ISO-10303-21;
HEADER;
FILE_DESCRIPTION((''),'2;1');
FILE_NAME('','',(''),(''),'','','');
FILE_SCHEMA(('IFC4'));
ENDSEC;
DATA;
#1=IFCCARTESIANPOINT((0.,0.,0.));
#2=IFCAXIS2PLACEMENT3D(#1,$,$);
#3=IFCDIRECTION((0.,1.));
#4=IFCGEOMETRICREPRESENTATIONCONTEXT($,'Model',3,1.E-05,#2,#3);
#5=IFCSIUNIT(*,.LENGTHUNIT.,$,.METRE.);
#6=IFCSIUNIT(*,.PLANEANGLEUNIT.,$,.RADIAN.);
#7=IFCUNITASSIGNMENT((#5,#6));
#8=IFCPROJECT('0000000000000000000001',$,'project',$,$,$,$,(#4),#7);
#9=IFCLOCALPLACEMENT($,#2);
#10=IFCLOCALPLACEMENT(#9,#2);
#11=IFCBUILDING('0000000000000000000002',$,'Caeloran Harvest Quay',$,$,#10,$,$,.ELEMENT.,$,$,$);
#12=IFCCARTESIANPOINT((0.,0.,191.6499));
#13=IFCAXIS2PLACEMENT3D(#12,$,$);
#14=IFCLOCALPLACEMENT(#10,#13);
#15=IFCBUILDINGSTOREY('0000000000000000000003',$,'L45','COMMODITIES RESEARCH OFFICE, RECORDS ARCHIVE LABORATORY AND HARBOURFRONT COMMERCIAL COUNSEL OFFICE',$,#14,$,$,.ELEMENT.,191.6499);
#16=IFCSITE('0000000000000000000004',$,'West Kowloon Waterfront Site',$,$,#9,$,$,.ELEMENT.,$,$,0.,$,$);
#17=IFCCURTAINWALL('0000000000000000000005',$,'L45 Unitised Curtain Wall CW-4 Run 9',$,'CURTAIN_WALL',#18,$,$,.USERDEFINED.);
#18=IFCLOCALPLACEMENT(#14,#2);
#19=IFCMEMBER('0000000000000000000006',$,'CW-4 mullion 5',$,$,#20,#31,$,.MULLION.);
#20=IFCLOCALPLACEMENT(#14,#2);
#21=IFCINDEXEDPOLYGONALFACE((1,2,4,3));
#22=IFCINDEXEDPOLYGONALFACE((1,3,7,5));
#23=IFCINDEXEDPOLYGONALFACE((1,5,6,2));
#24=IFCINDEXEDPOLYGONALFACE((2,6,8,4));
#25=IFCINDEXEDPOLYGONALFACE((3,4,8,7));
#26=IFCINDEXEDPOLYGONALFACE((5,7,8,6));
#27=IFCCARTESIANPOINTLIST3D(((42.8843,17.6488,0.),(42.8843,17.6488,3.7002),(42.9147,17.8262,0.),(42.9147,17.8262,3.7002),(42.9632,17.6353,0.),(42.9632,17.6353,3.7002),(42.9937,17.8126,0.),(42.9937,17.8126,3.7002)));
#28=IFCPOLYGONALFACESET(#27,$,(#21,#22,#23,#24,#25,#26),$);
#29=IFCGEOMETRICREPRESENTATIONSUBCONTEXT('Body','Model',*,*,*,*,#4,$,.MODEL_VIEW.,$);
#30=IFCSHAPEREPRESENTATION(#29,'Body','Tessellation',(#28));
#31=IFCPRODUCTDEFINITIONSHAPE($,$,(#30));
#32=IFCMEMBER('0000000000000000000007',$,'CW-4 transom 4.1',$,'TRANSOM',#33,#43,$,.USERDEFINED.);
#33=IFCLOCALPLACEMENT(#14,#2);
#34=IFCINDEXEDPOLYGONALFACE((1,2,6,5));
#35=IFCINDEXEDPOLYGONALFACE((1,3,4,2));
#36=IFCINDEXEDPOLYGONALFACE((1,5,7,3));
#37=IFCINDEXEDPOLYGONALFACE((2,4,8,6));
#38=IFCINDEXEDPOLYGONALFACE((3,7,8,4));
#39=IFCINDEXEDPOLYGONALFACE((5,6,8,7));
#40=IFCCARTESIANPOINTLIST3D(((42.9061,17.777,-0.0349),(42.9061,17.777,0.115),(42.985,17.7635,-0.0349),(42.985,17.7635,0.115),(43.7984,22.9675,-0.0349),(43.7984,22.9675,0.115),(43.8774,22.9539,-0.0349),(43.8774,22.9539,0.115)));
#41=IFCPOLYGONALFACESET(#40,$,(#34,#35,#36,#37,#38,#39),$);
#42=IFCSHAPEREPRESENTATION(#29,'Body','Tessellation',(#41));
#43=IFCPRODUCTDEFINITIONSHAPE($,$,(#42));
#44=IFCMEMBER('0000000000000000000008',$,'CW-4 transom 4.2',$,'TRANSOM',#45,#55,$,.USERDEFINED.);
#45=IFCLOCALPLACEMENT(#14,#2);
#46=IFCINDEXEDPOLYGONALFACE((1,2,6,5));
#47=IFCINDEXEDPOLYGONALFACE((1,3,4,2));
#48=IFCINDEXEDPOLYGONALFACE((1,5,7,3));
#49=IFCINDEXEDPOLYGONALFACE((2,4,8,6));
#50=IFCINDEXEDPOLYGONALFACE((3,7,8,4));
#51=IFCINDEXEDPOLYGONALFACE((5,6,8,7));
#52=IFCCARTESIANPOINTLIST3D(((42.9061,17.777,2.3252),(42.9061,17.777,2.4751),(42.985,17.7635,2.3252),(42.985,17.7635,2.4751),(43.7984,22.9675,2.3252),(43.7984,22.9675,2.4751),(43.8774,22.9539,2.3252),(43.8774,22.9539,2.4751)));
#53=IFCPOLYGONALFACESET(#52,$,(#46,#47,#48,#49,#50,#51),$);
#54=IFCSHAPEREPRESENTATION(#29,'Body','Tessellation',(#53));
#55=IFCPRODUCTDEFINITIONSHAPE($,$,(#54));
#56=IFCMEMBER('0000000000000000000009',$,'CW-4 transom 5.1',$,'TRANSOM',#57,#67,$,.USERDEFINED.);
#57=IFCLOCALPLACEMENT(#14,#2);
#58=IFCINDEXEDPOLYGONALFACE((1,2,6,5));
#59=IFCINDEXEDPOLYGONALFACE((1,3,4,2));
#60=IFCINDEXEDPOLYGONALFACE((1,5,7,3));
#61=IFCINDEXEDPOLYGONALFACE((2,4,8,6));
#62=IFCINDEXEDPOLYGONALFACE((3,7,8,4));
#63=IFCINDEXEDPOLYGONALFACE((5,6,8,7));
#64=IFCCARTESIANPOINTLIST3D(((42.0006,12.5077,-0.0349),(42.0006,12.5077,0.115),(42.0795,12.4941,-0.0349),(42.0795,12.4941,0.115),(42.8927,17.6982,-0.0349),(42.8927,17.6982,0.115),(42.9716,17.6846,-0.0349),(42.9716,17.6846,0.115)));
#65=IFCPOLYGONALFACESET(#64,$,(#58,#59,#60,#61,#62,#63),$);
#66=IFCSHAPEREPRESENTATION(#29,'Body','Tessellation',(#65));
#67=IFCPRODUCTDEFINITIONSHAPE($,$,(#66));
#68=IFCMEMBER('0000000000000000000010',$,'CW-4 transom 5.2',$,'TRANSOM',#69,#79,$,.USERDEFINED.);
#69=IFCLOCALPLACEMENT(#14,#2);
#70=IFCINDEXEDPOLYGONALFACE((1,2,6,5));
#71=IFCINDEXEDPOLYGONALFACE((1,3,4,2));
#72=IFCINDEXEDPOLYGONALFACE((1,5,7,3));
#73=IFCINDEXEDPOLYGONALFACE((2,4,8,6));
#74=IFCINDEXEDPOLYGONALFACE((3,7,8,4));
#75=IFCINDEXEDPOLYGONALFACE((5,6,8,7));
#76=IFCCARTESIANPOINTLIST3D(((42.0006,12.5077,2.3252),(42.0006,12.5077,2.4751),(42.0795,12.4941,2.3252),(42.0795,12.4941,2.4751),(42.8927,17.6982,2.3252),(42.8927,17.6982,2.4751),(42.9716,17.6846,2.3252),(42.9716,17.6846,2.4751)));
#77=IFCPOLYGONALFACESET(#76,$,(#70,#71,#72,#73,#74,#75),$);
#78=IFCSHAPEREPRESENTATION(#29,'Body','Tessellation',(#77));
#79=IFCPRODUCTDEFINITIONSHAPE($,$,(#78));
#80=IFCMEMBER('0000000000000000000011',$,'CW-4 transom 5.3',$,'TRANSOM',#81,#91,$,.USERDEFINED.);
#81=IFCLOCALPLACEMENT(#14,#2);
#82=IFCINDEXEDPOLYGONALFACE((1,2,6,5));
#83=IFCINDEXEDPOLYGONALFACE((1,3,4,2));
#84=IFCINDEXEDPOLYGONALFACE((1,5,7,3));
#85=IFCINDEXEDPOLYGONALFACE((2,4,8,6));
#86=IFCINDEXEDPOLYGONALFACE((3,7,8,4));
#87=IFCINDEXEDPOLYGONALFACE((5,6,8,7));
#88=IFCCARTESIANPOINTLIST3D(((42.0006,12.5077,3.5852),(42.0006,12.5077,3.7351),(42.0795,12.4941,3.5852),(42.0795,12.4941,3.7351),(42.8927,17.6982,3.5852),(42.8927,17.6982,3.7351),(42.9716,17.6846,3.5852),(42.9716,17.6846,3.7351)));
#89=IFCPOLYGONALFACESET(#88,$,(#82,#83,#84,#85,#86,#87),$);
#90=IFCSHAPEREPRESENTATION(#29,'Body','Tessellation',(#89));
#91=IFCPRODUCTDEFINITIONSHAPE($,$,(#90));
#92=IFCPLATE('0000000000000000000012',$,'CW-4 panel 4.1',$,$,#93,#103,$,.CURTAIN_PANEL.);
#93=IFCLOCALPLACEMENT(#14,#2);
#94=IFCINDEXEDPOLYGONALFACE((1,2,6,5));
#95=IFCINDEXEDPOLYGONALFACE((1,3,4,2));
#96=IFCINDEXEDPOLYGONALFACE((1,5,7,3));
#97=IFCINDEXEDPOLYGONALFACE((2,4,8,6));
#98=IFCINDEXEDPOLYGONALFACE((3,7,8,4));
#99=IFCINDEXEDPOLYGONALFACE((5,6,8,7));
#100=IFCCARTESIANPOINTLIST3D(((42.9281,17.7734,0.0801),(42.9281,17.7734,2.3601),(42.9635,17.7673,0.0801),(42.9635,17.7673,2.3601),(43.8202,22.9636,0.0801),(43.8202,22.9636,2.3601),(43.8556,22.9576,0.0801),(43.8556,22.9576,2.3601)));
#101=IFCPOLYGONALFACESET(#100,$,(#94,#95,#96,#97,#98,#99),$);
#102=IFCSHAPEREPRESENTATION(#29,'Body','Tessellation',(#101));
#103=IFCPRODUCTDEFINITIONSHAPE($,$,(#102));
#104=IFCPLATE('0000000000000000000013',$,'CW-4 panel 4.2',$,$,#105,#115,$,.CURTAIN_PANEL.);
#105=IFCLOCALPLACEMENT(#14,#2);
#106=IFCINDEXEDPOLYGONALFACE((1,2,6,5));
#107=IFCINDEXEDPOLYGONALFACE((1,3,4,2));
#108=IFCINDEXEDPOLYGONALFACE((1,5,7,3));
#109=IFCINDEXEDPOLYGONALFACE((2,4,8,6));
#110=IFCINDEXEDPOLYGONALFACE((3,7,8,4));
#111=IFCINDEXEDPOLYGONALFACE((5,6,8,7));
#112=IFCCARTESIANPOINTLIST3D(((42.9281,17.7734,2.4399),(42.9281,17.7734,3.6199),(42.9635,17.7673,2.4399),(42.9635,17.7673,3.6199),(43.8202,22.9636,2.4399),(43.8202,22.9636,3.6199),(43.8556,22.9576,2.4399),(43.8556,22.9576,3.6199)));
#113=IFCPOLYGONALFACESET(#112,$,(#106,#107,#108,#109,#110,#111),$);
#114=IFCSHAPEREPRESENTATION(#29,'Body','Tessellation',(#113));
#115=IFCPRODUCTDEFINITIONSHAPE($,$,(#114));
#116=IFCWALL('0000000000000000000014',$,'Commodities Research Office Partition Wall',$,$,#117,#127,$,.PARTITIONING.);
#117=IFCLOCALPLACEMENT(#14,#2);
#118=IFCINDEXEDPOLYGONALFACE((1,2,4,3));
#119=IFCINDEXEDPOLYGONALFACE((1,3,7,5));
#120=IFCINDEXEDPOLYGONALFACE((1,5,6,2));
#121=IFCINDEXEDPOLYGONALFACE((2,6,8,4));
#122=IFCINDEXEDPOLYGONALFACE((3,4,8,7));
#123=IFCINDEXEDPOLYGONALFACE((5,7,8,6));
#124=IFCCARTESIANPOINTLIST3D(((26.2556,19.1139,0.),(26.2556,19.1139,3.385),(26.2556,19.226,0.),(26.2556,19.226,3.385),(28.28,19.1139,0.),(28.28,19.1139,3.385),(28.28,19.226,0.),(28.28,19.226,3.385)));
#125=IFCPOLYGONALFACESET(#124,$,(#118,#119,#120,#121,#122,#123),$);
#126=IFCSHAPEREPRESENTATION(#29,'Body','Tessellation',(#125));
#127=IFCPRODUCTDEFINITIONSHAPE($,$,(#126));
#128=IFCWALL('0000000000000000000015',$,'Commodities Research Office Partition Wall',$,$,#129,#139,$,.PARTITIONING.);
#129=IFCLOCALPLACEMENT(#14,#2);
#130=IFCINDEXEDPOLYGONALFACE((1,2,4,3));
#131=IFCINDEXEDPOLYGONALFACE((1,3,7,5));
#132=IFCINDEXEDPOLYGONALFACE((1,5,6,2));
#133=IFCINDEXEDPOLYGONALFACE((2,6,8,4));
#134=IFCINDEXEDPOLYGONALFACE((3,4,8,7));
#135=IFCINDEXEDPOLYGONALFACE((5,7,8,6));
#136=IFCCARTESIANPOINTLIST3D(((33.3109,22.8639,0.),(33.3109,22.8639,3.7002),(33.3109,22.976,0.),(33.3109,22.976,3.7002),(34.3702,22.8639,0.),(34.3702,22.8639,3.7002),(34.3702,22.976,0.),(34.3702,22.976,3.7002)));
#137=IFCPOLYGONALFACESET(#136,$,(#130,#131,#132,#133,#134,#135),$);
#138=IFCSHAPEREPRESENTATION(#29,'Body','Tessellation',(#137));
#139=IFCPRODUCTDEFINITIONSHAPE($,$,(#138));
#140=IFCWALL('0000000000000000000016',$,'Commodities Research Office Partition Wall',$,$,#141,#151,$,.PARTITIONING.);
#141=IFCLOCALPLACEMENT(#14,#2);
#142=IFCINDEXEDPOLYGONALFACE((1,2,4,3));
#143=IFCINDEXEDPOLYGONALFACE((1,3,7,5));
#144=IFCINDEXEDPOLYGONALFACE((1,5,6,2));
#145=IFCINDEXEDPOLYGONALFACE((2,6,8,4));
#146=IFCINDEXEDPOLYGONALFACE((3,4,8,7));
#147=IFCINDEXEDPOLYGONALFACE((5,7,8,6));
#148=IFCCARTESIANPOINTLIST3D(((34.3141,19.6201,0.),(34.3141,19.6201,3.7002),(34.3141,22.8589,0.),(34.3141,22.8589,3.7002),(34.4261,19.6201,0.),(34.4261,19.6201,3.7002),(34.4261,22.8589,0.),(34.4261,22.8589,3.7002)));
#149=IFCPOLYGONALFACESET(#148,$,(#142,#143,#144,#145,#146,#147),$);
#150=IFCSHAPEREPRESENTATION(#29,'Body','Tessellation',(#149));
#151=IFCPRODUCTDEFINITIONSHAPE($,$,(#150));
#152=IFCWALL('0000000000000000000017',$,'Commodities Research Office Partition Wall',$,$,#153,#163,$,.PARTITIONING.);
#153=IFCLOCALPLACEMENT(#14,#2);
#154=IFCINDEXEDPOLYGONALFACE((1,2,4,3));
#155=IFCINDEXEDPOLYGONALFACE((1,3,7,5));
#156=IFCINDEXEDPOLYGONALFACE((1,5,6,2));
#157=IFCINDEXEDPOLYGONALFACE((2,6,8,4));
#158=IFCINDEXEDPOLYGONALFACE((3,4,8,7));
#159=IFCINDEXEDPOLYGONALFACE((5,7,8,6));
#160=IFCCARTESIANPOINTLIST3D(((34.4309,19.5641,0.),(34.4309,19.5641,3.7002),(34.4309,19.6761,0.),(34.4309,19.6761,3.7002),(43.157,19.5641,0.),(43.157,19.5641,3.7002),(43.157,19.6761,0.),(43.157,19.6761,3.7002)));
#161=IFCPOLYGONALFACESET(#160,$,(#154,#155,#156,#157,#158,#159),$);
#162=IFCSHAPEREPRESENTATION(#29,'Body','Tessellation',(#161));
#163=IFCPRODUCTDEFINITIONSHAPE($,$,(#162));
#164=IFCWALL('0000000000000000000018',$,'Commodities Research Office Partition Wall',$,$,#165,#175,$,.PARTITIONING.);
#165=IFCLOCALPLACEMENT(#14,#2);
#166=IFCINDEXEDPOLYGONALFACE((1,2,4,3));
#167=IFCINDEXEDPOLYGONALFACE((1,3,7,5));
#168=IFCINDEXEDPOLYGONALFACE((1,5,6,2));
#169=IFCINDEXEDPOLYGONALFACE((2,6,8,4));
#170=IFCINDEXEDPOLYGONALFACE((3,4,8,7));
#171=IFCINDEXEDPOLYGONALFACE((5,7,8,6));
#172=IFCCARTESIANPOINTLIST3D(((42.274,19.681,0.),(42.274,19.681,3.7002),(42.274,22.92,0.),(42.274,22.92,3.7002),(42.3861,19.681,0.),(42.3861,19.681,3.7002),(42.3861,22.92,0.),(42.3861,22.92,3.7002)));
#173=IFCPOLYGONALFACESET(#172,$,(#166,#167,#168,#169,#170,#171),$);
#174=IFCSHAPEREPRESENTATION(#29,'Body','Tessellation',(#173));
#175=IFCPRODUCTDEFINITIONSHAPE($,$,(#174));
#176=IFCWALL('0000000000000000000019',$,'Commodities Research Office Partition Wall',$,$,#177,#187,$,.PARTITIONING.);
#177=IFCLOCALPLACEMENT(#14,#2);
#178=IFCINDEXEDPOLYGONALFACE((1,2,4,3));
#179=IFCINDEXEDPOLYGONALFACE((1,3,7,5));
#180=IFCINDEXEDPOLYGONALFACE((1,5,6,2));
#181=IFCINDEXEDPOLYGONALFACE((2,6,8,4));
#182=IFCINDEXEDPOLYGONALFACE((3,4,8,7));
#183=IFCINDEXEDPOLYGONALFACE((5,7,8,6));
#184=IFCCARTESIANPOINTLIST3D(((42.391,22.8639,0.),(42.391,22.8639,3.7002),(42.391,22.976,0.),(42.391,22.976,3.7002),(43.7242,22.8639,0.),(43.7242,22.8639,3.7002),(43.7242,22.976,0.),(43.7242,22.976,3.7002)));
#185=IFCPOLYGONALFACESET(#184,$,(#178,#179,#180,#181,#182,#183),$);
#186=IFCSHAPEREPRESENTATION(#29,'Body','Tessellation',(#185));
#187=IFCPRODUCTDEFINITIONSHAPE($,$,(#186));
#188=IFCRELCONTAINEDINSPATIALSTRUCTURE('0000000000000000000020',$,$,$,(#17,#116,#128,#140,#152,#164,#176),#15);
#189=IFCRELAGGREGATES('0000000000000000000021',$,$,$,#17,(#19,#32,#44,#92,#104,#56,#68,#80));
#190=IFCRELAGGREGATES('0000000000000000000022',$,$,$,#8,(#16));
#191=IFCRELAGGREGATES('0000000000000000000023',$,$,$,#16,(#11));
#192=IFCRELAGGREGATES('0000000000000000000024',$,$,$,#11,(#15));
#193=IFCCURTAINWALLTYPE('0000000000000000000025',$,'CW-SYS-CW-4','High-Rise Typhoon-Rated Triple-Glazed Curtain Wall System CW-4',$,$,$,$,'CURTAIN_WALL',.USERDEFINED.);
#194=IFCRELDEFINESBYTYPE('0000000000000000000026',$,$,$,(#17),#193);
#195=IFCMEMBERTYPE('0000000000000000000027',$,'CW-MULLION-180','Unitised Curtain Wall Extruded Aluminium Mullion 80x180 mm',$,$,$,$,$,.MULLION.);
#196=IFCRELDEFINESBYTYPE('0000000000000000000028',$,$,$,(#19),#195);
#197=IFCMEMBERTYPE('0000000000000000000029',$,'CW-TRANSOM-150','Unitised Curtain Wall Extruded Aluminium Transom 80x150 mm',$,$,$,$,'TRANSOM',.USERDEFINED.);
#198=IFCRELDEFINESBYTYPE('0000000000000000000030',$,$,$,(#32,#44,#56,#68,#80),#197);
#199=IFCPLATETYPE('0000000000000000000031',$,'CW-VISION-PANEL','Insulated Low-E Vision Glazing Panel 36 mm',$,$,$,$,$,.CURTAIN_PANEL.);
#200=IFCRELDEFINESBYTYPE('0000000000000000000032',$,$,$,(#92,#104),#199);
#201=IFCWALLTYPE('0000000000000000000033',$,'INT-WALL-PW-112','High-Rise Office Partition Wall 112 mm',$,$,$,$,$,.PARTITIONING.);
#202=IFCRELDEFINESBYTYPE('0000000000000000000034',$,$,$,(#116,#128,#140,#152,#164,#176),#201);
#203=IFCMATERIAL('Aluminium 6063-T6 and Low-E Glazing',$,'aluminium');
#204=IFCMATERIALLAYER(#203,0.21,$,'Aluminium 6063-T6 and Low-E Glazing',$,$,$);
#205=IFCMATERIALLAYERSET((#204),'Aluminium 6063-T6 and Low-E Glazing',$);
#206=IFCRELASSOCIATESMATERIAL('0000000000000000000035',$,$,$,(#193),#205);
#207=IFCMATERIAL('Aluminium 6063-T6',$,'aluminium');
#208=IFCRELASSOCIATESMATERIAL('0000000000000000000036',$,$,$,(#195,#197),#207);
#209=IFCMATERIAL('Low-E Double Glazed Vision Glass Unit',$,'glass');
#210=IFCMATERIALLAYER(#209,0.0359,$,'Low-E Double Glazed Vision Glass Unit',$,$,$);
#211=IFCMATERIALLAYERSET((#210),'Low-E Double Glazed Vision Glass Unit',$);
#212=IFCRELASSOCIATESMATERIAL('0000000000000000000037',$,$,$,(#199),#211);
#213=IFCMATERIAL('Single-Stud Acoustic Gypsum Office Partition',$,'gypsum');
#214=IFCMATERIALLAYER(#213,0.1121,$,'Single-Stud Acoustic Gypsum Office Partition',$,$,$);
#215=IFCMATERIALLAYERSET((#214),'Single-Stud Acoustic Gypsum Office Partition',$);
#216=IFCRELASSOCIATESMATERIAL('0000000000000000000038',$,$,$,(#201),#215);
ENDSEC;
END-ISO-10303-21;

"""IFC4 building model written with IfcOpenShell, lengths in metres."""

from ifc_helpers import new_model, si_unit, direction, frame, frame_2d, origin, origin_2d, place, context, subcontext, project, spatial, rectangle, extrude, material, layer, layer_set, material_profile, profile_set, type_object, element, aggregate, save


model = new_model("IFC4")

# Units and contexts
model_context = context("Model", 3, precision=1e-05, world=origin(), true_north=direction((0.0, 1.0)))
body_context = subcontext(model_context, "Body", "Model", "MODEL_VIEW")
ifc_project = project(units=[si_unit("LENGTHUNIT", "METRE"), si_unit("PLANEANGLEUNIT", "RADIAN")], contexts=[model_context])

# Site, building, storey
site_placement = place(None, origin())
site = spatial("IfcSite", under=ifc_project, at=site_placement, Name="West Kowloon Waterfront Site", CompositionType="ELEMENT", RefElevation=0.0)
building_placement = place(site_placement, origin())
building = spatial("IfcBuilding", under=site, at=building_placement, Name="Caeloran Harvest Quay", CompositionType="ELEMENT")
storey_placement = place(building_placement, frame((0.0, 0.0, 191.6499)))
storey = spatial("IfcBuildingStorey", under=building, at=storey_placement, Name="L45", Description="COMMODITIES RESEARCH OFFICE, RECORDS ARCHIVE LABORATORY AND HARBOURFRONT COMMERCIAL COUNSEL OFFICE", CompositionType="ELEMENT", Elevation=191.6499)

# Curtain wall, members, plates
ifc_material_1 = material(Name="Aluminium 6063-T6 and Low-E Glazing", Category="aluminium")
ifc_layer_1 = layer(ifc_material_1, 0.21, Name="Aluminium 6063-T6 and Low-E Glazing")
ifc_layer_set_1 = layer_set([ifc_layer_1], Name="Aluminium 6063-T6 and Low-E Glazing")
curtain_wall_type = type_object("IfcCurtainWallType", Name="CW-SYS-CW-4", Description="High-Rise Typhoon-Rated Triple-Glazed Curtain Wall System CW-4", ElementType="CURTAIN_WALL", PredefinedType="USERDEFINED", material=ifc_layer_set_1)
curtain_wall_placement = place(storey_placement, origin())
curtain_wall = element("IfcCurtainWall", 1, at=curtain_wall_placement, inside=storey, type_object=curtain_wall_type, Name="L45 Unitised Curtain Wall CW-4 Run 9", ObjectType="CURTAIN_WALL", PredefinedType="USERDEFINED")
ifc_material_2 = material(Name="Aluminium 6063-T6", Category="aluminium")
ifc_material_profile_1 = material_profile(ifc_material_2, rectangle(XDim=0.0801, YDim=0.1799, at=origin_2d()), Name="CW-MULLION-180")
ifc_profile_set_1 = profile_set([ifc_material_profile_1], Name="Aluminium 6063-T6")
member_type_1 = type_object("IfcMemberType", Name="CW-MULLION-180", Description="Unitised Curtain Wall Extruded Aluminium Mullion 80x180 mm", PredefinedType="MULLION", material=ifc_profile_set_1)
member_1_placement = place(storey_placement, frame((42.939, 17.7307, 0.0), z_axis=(0.0, 0.0, 1.0), x_axis=(0.985549, -0.169392, 0.0)))
member_1 = element("IfcMember", 2, at=member_1_placement, type_object=member_type_1, Name="CW-4 mullion 5", PredefinedType="MULLION", context=body_context, shape_type="SweptSolid", body=[
    extrude(rectangle(XDim=0.0801, YDim=0.1799, at=origin_2d()), origin(), (0.0, 0.0, 1.0), 3.7002),
])
ifc_material_profile_2 = material_profile(ifc_material_2, rectangle(XDim=0.0801, YDim=0.1499, at=origin_2d()), Name="CW-TRANSOM-150")
ifc_profile_set_2 = profile_set([ifc_material_profile_2], Name="Aluminium 6063-T6")
member_type_2 = type_object("IfcMemberType", Name="CW-TRANSOM-150", Description="Unitised Curtain Wall Extruded Aluminium Transom 80x150 mm", ElementType="TRANSOM", PredefinedType="USERDEFINED", material=ifc_profile_set_2)
member_2_placement = place(storey_placement, frame((43.8379, 22.9607, 0.04), z_axis=(-0.169433, -0.985542, 0.0), x_axis=(0.985542, -0.169433, 0.0)))
member_2 = element("IfcMember", 3, at=member_2_placement, type_object=member_type_2, Name="CW-4 transom 4.1", ObjectType="TRANSOM", PredefinedType="USERDEFINED", context=body_context, shape_type="SweptSolid", body=[
    extrude(rectangle(XDim=0.0801, YDim=0.1499, at=origin_2d()), origin(), (0.0, 0.0, 1.0), 5.2666),
])
member_3_placement = place(storey_placement, frame((43.8379, 22.9607, 2.4001), z_axis=(-0.169433, -0.985542, 0.0), x_axis=(0.985542, -0.169433, 0.0)))
member_3 = element("IfcMember", 4, at=member_3_placement, type_object=member_type_2, Name="CW-4 transom 4.2", ObjectType="TRANSOM", PredefinedType="USERDEFINED", context=body_context, shape_type="SweptSolid", body=[
    extrude(rectangle(XDim=0.0801, YDim=0.1499, at=origin_2d()), origin(), (0.0, 0.0, 1.0), 5.2666),
])
member_4_placement = place(storey_placement, frame((42.9321, 17.6914, 0.04), z_axis=(-0.169388, -0.985549, 0.0), x_axis=(0.985549, -0.169388, 0.0)))
member_4 = element("IfcMember", 5, at=member_4_placement, type_object=member_type_2, Name="CW-4 transom 5.1", ObjectType="TRANSOM", PredefinedType="USERDEFINED", context=body_context, shape_type="SweptSolid", body=[
    extrude(rectangle(XDim=0.0801, YDim=0.1499, at=origin_2d()), origin(), (0.0, 0.0, 1.0), 5.2666),
])
member_5_placement = place(storey_placement, frame((42.9321, 17.6914, 2.4001), z_axis=(-0.169388, -0.985549, 0.0), x_axis=(0.985549, -0.169388, 0.0)))
member_5 = element("IfcMember", 6, at=member_5_placement, type_object=member_type_2, Name="CW-4 transom 5.2", ObjectType="TRANSOM", PredefinedType="USERDEFINED", context=body_context, shape_type="SweptSolid", body=[
    extrude(rectangle(XDim=0.0801, YDim=0.1499, at=origin_2d()), origin(), (0.0, 0.0, 1.0), 5.2666),
])
member_6_placement = place(storey_placement, frame((42.9321, 17.6914, 3.6602), z_axis=(-0.169388, -0.985549, 0.0), x_axis=(0.985549, -0.169388, 0.0)))
member_6 = element("IfcMember", 7, at=member_6_placement, type_object=member_type_2, Name="CW-4 transom 5.3", ObjectType="TRANSOM", PredefinedType="USERDEFINED", context=body_context, shape_type="SweptSolid", body=[
    extrude(rectangle(XDim=0.0801, YDim=0.1499, at=origin_2d()), origin(), (0.0, 0.0, 1.0), 5.2666),
])
ifc_material_3 = material(Name="Low-E Double Glazed Vision Glass Unit", Category="glass")
ifc_layer_2 = layer(ifc_material_3, 0.0359, Name="Low-E Double Glazed Vision Glass Unit")
ifc_layer_set_2 = layer_set([ifc_layer_2], Name="Low-E Double Glazed Vision Glass Unit")
plate_type = type_object("IfcPlateType", Name="CW-VISION-PANEL", Description="Insulated Low-E Vision Glazing Panel 36 mm", PredefinedType="CURTAIN_PANEL", material=ifc_layer_set_2)
plate_1_placement = place(storey_placement, frame((43.3918, 20.3655, 0.0801), z_axis=(0.0, 0.0, 1.0), x_axis=(-0.169392, -0.985549, 0.0)))
plate_1 = element("IfcPlate", 8, at=plate_1_placement, type_object=plate_type, Name="CW-4 panel 4.1", PredefinedType="CURTAIN_PANEL", context=body_context, shape_type="SweptSolid", body=[
    extrude(rectangle(XDim=5.2664, YDim=0.0359, at=origin_2d()), origin(), (0.0, 0.0, 1.0), 2.28),
])
plate_2_placement = place(storey_placement, frame((43.3918, 20.3655, 2.4399), z_axis=(0.0, 0.0, 1.0), x_axis=(-0.169392, -0.985549, 0.0)))
plate_2 = element("IfcPlate", 9, at=plate_2_placement, type_object=plate_type, Name="CW-4 panel 4.2", PredefinedType="CURTAIN_PANEL", context=body_context, shape_type="SweptSolid", body=[
    extrude(rectangle(XDim=5.2664, YDim=0.0359, at=origin_2d()), origin(), (0.0, 0.0, 1.0), 1.1799),
])
aggregate(curtain_wall, [member_1, member_2, member_3, plate_1, plate_2, member_4, member_5, member_6])

# Walls
ifc_material_4 = material(Name="Single-Stud Acoustic Gypsum Office Partition", Category="gypsum")
ifc_layer_3 = layer(ifc_material_4, 0.1121, Name="Single-Stud Acoustic Gypsum Office Partition")
ifc_layer_set_3 = layer_set([ifc_layer_3], Name="Single-Stud Acoustic Gypsum Office Partition")
wall_type_1 = type_object("IfcWallType", Name="INT-WALL-PW-112", Description="High-Rise Office Partition Wall 112 mm", PredefinedType="PARTITIONING", material=ifc_layer_set_3)
wall_1_placement = place(storey_placement, frame((26.2556, 19.1699, 0.0), z_axis=(0.0, 0.0, 1.0), x_axis=(1.0, 0.0, 0.0)))
element("IfcWall", 10, at=wall_1_placement, inside=storey, type_object=wall_type_1, Name="Commodities Research Office Partition Wall", PredefinedType="PARTITIONING", context=body_context, shape_type="SweptSolid", body=[
    extrude(rectangle(XDim=2.0244, YDim=0.1121, at=frame_2d((1.0122, 0.0))), origin(), (0.0, 0.0, 1.0), 3.385),
])
wall_2_placement = place(storey_placement, frame((33.3108, 22.9199, 0.0), z_axis=(0.0, 0.0, 1.0), x_axis=(1.0, 0.0, 0.0)))
element("IfcWall", 11, at=wall_2_placement, inside=storey, type_object=wall_type_1, Name="Commodities Research Office Partition Wall", PredefinedType="PARTITIONING", context=body_context, shape_type="SweptSolid", body=[
    extrude(rectangle(XDim=1.0593, YDim=0.1121, at=frame_2d((0.5298, 0.0))), origin(), (0.0, 0.0, 1.0), 3.7002),
])
wall_3_placement = place(storey_placement, frame((34.3701, 22.8589, 0.0), z_axis=(0.0, 0.0, 1.0), x_axis=(0.0, -1.0, 0.0)))
element("IfcWall", 12, at=wall_3_placement, inside=storey, type_object=wall_type_1, Name="Commodities Research Office Partition Wall", PredefinedType="PARTITIONING", context=body_context, shape_type="SweptSolid", body=[
    extrude(rectangle(XDim=3.2388, YDim=0.1121, at=frame_2d((1.6194, 0.0))), origin(), (0.0, 0.0, 1.0), 3.7002),
])
wall_4_placement = place(storey_placement, frame((34.4309, 19.6201, 0.0), z_axis=(0.0, 0.0, 1.0), x_axis=(1.0, 0.0, 0.0)))
element("IfcWall", 13, at=wall_4_placement, inside=storey, type_object=wall_type_1, Name="Commodities Research Office Partition Wall", PredefinedType="PARTITIONING", context=body_context, shape_type="SweptSolid", body=[
    extrude(rectangle(XDim=8.7261, YDim=0.1121, at=frame_2d((4.363, 0.0))), origin(), (0.0, 0.0, 1.0), 3.7002),
])
wall_5_placement = place(storey_placement, frame((42.3301, 19.6809, 0.0), z_axis=(0.0, 0.0, 1.0), x_axis=(0.0, 1.0, 0.0)))
element("IfcWall", 14, at=wall_5_placement, inside=storey, type_object=wall_type_1, Name="Commodities Research Office Partition Wall", PredefinedType="PARTITIONING", context=body_context, shape_type="SweptSolid", body=[
    extrude(rectangle(XDim=3.239, YDim=0.1121, at=frame_2d((1.6196, 0.0))), origin(), (0.0, 0.0, 1.0), 3.7002),
])
wall_6_placement = place(storey_placement, frame((42.3911, 22.9199, 0.0), z_axis=(0.0, 0.0, 1.0), x_axis=(1.0, 0.0, 0.0)))
element("IfcWall", 15, at=wall_6_placement, inside=storey, type_object=wall_type_1, Name="Commodities Research Office Partition Wall", PredefinedType="PARTITIONING", context=body_context, shape_type="SweptSolid", body=[
    extrude(rectangle(XDim=1.3333, YDim=0.1121, at=frame_2d((0.6665, 0.0))), origin(), (0.0, 0.0, 1.0), 3.7002),
])

save(model, "model.ifc")
